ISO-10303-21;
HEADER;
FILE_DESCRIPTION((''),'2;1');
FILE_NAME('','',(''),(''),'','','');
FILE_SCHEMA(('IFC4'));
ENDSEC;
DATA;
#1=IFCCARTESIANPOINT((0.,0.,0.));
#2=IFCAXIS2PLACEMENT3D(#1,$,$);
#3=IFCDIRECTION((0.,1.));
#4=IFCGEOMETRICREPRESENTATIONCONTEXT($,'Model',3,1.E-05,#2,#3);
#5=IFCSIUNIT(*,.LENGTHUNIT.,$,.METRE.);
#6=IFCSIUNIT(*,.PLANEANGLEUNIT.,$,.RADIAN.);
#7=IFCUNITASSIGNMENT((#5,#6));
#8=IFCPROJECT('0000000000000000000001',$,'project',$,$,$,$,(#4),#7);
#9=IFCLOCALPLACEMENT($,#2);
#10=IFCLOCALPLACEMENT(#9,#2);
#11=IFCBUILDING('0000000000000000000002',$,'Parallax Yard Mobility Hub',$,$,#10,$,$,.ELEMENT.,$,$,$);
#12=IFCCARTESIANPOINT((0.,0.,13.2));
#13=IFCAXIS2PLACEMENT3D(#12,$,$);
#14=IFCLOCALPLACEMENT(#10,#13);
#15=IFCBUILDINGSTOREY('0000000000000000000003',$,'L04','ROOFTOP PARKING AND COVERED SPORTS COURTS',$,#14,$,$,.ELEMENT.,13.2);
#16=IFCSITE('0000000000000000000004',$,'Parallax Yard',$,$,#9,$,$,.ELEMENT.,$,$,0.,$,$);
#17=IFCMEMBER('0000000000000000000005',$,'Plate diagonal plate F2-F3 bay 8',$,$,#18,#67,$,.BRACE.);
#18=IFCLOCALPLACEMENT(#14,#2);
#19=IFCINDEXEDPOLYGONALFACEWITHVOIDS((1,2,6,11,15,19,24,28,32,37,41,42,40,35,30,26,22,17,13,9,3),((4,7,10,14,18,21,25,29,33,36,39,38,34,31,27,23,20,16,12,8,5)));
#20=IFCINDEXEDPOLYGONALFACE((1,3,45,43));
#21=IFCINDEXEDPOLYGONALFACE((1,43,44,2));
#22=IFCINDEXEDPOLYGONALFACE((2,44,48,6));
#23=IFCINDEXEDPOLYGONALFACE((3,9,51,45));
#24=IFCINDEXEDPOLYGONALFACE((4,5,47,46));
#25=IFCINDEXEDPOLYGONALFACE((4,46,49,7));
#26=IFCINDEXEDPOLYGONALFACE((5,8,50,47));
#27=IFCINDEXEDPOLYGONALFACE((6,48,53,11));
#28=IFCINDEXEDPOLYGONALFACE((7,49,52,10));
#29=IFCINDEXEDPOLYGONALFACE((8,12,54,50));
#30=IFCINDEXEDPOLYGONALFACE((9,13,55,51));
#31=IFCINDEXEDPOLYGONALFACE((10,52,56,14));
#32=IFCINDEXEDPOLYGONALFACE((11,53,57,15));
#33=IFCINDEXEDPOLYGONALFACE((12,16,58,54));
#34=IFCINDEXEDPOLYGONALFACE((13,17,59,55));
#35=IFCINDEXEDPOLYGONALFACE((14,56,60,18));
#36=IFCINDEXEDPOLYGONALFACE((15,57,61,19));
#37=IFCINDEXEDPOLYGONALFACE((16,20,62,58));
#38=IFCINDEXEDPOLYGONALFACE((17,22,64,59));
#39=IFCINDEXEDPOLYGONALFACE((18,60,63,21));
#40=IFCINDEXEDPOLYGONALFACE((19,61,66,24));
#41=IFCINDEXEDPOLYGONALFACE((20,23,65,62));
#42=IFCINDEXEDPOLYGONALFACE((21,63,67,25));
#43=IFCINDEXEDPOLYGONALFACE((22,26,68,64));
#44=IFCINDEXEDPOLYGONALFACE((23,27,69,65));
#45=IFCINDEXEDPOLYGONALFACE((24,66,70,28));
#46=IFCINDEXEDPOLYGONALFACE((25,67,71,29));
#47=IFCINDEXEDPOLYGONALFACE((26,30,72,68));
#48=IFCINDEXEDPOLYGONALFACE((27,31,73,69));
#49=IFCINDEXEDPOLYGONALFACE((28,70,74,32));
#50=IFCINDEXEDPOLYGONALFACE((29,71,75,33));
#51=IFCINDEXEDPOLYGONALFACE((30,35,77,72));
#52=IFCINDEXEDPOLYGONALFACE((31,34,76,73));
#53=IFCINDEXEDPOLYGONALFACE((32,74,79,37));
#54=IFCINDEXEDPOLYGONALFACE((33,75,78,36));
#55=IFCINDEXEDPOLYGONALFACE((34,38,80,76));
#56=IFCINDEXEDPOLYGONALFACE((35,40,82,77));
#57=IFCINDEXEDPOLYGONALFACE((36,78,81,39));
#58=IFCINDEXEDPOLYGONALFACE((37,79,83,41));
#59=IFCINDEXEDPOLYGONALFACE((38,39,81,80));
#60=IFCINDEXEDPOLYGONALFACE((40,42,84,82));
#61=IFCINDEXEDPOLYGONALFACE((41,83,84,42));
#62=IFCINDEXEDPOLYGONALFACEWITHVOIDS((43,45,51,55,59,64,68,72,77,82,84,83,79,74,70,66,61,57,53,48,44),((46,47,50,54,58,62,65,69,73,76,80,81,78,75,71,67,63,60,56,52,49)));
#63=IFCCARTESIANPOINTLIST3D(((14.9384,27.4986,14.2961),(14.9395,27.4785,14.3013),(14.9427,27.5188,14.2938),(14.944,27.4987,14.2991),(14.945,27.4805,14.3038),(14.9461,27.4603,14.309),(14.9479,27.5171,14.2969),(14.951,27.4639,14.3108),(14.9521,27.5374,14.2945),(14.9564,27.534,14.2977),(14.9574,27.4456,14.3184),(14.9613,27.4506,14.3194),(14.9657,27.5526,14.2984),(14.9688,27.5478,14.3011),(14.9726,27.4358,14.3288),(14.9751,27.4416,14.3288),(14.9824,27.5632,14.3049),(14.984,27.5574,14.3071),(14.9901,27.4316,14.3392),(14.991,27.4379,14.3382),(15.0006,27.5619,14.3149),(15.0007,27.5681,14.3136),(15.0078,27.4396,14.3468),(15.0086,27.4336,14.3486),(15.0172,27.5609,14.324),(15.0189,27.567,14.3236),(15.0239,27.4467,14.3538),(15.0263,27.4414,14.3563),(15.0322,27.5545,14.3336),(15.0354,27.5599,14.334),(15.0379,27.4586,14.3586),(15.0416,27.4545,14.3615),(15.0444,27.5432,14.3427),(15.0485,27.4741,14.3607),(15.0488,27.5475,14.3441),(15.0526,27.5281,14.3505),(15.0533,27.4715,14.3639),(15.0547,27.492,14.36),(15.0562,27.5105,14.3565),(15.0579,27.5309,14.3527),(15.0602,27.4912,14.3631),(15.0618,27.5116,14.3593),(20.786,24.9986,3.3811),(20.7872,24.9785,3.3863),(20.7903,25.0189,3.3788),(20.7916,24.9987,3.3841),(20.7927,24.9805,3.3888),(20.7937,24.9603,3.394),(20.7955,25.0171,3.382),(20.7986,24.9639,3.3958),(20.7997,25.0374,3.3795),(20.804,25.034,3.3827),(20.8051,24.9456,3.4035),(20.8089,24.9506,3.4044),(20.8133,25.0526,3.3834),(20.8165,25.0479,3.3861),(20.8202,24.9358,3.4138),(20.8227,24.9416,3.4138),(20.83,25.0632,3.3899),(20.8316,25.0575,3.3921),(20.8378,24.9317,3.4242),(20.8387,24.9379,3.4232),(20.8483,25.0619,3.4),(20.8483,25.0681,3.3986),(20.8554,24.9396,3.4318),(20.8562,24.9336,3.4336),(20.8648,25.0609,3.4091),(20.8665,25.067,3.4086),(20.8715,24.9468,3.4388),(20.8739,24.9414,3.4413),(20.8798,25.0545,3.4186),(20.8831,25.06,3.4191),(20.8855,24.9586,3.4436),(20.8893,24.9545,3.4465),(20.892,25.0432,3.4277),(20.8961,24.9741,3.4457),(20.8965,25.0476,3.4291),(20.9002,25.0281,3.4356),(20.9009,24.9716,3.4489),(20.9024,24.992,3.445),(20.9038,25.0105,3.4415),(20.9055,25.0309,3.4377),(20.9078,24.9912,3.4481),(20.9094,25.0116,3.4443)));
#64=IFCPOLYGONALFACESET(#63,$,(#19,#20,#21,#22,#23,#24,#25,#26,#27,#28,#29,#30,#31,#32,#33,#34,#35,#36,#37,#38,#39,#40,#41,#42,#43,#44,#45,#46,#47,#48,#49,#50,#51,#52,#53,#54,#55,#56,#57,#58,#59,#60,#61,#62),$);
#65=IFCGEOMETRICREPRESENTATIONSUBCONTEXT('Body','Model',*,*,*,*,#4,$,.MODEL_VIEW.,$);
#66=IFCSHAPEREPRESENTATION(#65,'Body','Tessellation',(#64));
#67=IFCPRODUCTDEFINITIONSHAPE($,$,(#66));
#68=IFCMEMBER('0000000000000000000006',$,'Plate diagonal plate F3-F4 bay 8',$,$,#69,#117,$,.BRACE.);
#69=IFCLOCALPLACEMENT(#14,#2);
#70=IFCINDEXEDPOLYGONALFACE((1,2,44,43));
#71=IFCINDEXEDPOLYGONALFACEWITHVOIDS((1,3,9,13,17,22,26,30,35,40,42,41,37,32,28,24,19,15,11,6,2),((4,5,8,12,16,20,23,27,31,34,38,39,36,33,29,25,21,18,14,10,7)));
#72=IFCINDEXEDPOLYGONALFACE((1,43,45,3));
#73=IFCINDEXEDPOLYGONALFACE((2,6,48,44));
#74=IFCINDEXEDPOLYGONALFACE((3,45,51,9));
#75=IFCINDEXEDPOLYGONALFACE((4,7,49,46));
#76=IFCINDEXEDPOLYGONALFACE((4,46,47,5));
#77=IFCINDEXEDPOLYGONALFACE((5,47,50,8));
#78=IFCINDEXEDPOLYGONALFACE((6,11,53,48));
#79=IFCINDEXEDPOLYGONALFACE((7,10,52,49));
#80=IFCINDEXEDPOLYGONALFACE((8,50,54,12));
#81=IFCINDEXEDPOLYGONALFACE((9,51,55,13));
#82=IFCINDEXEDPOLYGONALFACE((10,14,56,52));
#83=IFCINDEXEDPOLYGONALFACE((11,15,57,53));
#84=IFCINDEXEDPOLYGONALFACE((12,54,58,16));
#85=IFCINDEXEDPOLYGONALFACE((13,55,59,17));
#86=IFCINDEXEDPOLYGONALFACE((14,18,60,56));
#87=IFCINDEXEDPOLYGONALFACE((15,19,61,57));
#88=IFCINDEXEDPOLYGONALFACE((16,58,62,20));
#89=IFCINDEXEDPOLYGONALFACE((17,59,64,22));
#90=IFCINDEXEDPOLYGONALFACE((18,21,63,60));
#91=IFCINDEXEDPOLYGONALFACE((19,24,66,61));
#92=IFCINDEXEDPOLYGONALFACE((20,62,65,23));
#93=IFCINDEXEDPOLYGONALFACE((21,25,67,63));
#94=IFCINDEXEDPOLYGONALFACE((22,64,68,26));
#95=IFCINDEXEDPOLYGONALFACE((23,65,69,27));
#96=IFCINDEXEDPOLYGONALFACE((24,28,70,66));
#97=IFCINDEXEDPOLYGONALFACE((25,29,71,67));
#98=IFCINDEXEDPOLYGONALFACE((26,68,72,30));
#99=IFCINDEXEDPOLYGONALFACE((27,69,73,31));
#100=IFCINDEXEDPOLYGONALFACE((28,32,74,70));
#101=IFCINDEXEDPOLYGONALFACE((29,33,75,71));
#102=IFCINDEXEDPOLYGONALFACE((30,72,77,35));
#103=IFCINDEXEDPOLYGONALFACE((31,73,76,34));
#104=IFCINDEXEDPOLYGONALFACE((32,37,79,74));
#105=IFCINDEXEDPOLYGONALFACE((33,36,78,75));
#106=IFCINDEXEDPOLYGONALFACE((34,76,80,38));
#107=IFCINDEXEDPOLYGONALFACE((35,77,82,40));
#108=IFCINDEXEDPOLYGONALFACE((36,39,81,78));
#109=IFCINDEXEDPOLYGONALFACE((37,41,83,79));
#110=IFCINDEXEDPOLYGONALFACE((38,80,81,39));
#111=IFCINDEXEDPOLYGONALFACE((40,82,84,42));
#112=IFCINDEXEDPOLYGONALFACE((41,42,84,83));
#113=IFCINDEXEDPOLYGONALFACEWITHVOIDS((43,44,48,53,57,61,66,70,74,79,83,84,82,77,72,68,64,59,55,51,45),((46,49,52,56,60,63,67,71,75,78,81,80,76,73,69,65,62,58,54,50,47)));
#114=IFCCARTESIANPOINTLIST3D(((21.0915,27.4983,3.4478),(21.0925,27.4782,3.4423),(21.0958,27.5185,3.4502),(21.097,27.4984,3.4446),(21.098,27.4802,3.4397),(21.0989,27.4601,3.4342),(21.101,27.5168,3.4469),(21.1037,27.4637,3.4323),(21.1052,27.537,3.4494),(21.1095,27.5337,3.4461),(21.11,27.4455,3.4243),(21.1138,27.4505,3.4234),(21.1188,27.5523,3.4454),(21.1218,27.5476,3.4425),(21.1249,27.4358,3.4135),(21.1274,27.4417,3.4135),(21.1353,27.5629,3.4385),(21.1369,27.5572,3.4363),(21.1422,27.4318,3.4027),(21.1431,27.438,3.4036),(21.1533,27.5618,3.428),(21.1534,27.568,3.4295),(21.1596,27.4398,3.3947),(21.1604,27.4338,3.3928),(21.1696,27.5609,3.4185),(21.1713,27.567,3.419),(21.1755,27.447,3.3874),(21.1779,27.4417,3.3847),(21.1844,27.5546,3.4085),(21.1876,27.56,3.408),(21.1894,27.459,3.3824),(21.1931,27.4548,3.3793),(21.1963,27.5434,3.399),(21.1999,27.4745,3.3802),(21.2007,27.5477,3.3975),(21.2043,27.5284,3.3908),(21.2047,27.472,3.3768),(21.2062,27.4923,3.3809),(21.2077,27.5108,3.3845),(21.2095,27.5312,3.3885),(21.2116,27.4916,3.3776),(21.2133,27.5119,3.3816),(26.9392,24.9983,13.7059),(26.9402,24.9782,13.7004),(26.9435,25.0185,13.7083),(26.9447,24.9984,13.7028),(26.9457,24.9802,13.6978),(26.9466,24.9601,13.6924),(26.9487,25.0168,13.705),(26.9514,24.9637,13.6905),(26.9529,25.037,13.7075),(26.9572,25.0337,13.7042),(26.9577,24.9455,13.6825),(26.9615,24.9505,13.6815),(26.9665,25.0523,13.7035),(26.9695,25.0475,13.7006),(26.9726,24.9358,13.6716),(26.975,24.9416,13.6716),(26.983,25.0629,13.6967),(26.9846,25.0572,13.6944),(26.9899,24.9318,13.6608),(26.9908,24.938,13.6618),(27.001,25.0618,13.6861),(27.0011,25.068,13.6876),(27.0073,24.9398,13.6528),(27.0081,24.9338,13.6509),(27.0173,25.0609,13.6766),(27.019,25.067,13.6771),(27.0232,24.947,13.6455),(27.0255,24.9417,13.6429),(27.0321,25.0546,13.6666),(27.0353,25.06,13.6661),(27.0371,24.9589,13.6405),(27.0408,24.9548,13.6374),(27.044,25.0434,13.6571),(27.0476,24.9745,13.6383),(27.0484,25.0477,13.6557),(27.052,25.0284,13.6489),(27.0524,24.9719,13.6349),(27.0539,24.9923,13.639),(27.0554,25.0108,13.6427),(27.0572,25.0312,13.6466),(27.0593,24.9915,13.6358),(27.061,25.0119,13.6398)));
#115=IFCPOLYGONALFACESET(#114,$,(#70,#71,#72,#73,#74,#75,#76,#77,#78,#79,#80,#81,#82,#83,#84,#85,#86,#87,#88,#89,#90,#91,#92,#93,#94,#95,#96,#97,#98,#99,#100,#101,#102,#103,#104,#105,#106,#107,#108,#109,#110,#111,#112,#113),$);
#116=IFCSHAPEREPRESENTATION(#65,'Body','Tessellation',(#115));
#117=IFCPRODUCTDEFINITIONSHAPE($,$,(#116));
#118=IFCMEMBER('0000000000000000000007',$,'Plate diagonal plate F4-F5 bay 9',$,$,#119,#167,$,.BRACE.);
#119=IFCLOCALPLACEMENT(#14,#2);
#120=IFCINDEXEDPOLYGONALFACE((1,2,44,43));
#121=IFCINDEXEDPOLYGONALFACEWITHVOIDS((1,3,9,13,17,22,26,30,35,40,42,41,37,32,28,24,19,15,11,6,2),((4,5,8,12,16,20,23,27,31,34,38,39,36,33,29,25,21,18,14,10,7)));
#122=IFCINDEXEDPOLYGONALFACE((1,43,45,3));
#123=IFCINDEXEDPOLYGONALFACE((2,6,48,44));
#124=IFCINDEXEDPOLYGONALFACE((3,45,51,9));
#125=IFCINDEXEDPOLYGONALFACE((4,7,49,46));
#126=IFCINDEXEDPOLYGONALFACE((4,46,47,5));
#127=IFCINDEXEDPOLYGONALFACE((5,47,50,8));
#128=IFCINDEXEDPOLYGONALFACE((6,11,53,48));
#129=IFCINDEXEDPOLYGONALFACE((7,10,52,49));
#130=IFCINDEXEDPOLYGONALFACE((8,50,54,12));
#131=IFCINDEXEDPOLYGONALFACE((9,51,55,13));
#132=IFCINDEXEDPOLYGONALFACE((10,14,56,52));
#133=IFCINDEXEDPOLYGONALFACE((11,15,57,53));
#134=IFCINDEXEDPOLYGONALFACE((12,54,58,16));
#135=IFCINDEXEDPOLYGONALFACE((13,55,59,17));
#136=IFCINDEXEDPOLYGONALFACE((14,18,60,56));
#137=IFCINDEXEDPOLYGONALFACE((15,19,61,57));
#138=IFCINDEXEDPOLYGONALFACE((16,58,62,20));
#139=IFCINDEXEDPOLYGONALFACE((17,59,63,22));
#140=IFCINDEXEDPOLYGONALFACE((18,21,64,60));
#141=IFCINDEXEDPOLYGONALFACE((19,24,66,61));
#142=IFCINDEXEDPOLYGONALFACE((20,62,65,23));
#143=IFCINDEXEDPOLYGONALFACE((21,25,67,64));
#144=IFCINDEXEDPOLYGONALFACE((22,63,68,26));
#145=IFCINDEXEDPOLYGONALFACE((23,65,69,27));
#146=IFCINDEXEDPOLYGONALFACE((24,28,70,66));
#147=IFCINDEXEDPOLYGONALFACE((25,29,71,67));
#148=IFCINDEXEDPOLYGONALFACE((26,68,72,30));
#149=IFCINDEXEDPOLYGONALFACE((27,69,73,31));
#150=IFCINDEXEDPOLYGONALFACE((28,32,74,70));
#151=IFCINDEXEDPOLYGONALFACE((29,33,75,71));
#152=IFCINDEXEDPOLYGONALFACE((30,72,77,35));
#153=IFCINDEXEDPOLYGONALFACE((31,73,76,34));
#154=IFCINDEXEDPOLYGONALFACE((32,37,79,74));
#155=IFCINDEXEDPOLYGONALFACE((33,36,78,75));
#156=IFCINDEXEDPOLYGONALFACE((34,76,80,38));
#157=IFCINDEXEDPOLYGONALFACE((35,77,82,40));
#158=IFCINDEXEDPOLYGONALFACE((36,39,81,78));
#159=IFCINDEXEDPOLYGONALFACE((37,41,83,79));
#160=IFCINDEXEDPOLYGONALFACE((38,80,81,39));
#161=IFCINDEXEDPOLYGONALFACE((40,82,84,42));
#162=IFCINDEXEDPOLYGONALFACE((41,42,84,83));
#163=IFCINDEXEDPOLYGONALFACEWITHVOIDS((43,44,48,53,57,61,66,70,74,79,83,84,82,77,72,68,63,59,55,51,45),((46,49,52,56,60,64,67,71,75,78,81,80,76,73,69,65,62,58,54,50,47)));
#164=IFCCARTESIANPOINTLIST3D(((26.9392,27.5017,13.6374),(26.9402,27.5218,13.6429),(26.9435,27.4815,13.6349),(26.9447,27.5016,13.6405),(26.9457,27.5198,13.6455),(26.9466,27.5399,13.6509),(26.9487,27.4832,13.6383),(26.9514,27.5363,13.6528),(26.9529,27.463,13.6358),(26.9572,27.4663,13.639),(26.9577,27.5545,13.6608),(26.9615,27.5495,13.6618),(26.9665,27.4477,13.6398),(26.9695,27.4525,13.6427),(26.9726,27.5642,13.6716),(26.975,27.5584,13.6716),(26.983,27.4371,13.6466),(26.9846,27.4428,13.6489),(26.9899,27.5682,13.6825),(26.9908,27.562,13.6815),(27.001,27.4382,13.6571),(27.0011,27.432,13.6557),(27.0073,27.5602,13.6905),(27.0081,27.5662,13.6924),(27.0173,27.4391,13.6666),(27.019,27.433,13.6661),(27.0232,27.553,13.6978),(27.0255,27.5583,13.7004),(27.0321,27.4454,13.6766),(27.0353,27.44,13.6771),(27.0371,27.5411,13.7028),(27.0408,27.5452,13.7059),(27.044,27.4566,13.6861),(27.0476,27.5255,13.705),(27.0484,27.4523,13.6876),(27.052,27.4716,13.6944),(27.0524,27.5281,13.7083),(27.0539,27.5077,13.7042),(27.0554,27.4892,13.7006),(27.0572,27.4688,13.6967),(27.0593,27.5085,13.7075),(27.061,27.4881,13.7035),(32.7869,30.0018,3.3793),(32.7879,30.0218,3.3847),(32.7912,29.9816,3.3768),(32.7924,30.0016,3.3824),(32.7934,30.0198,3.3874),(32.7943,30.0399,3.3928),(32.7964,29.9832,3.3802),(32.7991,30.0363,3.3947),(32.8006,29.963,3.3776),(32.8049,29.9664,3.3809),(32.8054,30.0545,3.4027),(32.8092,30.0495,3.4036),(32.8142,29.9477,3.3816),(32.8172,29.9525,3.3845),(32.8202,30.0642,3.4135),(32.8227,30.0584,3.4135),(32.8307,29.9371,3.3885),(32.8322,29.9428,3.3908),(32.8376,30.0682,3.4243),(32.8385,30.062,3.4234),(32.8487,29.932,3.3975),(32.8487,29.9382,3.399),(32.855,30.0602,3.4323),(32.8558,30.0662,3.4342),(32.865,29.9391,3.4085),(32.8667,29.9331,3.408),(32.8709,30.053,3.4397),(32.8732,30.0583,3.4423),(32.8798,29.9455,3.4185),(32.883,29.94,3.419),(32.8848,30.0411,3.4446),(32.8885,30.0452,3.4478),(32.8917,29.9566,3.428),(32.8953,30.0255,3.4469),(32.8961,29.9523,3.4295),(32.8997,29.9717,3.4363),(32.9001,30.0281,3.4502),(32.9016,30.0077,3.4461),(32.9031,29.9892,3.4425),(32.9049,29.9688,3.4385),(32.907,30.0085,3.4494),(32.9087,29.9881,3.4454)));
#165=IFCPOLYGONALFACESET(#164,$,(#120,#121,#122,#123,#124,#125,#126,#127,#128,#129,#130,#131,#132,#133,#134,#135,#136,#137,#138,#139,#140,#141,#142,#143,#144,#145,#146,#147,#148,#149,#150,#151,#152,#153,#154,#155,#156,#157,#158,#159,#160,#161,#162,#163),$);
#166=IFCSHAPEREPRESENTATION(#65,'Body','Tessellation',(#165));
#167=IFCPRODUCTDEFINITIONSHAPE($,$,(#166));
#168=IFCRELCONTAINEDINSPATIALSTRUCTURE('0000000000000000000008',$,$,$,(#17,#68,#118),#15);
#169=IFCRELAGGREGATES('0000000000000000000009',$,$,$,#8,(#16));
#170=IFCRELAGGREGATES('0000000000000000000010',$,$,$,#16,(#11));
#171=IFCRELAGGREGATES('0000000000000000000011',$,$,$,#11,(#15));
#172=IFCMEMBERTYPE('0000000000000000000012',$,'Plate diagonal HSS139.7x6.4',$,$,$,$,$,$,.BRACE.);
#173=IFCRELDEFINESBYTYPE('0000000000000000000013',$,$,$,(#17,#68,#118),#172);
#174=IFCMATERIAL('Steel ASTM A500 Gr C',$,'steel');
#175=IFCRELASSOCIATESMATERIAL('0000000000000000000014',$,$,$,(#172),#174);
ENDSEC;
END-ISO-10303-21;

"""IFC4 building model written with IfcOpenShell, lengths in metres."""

from ifc_helpers import new_model, si_unit, direction, frame, origin, origin_2d, place, context, subcontext, project, spatial, hollow_circle, extrude, material, material_profile, profile_set, type_object, element, save


model = new_model("IFC4")

# Units and contexts
model_context = context("Model", 3, precision=1e-05, world=origin(), true_north=direction((0.0, 1.0)))
body_context = subcontext(model_context, "Body", "Model", "MODEL_VIEW")
ifc_project = project(units=[si_unit("LENGTHUNIT", "METRE"), si_unit("PLANEANGLEUNIT", "RADIAN")], contexts=[model_context])

# Site, building, storey
site_placement = place(None, origin())
site = spatial("IfcSite", under=ifc_project, at=site_placement, Name="Parallax Yard", CompositionType="ELEMENT", RefElevation=0.0)
building_placement = place(site_placement, origin())
building = spatial("IfcBuilding", under=site, at=building_placement, Name="Parallax Yard Mobility Hub", CompositionType="ELEMENT")
storey_placement = place(building_placement, frame((0.0, 0.0, 13.2)))
storey = spatial("IfcBuildingStorey", under=building, at=storey_placement, Name="L04", Description="ROOFTOP PARKING AND COVERED SPORTS COURTS", CompositionType="ELEMENT", Elevation=13.2)

# Members
ifc_material_1 = material(Name="Steel ASTM A500 Gr C", Category="steel")
ifc_material_profile_1 = material_profile(ifc_material_1, hollow_circle(Radius=0.0698, WallThickness=0.0063, at=origin_2d()), Name="HSS139.7x6.4")
ifc_profile_set_1 = profile_set([ifc_material_profile_1], Name="Steel ASTM A500 Gr C")
member_type_1 = type_object("IfcMemberType", Name="Plate diagonal HSS139.7x6.4", PredefinedType="BRACE", material=ifc_profile_set_1)
member_1_placement = place(storey_placement, frame((20.8477, 25.0, 3.4138), z_axis=(-0.462901, 0.1979, 0.864036), x_axis=(-0.393104, -0.919494, 0.0)))
element("IfcMember", 1, at=member_1_placement, inside=storey, type_object=member_type_1, Name="Plate diagonal plate F2-F3 bay 8", PredefinedType="BRACE", context=body_context, shape_type="SweptSolid", body=[
    extrude(hollow_circle(Radius=0.0698, WallThickness=0.0063, at=origin_2d()), origin(), (0.0, 0.0, 1.0), 12.6326),
])
for number, where, z_axis, x_axis, name in (
    (2, (27.0, 25.0, 13.6716), (-0.484499, 0.207134, -0.849916), (-0.393104, -0.919494, 0.0), "Plate diagonal plate F3-F4 bay 8"),
    (3, (27.0, 27.5, 13.6716), (0.484499, 0.207134, -0.849916), (-0.393104, 0.919494, 0.0), "Plate diagonal plate F4-F5 bay 9"),
):
    element("IfcMember", number, at=place(storey_placement, frame(where, z_axis=z_axis, x_axis=x_axis)), inside=storey, type_object=member_type_1, Name=name, PredefinedType="BRACE", context=body_context, shape_type="SweptSolid", body=[
        extrude(hollow_circle(Radius=0.0698, WallThickness=0.0063, at=origin_2d()), origin(), (0.0, 0.0, 1.0), 12.0696),
    ])

save(model, "model.ifc")
